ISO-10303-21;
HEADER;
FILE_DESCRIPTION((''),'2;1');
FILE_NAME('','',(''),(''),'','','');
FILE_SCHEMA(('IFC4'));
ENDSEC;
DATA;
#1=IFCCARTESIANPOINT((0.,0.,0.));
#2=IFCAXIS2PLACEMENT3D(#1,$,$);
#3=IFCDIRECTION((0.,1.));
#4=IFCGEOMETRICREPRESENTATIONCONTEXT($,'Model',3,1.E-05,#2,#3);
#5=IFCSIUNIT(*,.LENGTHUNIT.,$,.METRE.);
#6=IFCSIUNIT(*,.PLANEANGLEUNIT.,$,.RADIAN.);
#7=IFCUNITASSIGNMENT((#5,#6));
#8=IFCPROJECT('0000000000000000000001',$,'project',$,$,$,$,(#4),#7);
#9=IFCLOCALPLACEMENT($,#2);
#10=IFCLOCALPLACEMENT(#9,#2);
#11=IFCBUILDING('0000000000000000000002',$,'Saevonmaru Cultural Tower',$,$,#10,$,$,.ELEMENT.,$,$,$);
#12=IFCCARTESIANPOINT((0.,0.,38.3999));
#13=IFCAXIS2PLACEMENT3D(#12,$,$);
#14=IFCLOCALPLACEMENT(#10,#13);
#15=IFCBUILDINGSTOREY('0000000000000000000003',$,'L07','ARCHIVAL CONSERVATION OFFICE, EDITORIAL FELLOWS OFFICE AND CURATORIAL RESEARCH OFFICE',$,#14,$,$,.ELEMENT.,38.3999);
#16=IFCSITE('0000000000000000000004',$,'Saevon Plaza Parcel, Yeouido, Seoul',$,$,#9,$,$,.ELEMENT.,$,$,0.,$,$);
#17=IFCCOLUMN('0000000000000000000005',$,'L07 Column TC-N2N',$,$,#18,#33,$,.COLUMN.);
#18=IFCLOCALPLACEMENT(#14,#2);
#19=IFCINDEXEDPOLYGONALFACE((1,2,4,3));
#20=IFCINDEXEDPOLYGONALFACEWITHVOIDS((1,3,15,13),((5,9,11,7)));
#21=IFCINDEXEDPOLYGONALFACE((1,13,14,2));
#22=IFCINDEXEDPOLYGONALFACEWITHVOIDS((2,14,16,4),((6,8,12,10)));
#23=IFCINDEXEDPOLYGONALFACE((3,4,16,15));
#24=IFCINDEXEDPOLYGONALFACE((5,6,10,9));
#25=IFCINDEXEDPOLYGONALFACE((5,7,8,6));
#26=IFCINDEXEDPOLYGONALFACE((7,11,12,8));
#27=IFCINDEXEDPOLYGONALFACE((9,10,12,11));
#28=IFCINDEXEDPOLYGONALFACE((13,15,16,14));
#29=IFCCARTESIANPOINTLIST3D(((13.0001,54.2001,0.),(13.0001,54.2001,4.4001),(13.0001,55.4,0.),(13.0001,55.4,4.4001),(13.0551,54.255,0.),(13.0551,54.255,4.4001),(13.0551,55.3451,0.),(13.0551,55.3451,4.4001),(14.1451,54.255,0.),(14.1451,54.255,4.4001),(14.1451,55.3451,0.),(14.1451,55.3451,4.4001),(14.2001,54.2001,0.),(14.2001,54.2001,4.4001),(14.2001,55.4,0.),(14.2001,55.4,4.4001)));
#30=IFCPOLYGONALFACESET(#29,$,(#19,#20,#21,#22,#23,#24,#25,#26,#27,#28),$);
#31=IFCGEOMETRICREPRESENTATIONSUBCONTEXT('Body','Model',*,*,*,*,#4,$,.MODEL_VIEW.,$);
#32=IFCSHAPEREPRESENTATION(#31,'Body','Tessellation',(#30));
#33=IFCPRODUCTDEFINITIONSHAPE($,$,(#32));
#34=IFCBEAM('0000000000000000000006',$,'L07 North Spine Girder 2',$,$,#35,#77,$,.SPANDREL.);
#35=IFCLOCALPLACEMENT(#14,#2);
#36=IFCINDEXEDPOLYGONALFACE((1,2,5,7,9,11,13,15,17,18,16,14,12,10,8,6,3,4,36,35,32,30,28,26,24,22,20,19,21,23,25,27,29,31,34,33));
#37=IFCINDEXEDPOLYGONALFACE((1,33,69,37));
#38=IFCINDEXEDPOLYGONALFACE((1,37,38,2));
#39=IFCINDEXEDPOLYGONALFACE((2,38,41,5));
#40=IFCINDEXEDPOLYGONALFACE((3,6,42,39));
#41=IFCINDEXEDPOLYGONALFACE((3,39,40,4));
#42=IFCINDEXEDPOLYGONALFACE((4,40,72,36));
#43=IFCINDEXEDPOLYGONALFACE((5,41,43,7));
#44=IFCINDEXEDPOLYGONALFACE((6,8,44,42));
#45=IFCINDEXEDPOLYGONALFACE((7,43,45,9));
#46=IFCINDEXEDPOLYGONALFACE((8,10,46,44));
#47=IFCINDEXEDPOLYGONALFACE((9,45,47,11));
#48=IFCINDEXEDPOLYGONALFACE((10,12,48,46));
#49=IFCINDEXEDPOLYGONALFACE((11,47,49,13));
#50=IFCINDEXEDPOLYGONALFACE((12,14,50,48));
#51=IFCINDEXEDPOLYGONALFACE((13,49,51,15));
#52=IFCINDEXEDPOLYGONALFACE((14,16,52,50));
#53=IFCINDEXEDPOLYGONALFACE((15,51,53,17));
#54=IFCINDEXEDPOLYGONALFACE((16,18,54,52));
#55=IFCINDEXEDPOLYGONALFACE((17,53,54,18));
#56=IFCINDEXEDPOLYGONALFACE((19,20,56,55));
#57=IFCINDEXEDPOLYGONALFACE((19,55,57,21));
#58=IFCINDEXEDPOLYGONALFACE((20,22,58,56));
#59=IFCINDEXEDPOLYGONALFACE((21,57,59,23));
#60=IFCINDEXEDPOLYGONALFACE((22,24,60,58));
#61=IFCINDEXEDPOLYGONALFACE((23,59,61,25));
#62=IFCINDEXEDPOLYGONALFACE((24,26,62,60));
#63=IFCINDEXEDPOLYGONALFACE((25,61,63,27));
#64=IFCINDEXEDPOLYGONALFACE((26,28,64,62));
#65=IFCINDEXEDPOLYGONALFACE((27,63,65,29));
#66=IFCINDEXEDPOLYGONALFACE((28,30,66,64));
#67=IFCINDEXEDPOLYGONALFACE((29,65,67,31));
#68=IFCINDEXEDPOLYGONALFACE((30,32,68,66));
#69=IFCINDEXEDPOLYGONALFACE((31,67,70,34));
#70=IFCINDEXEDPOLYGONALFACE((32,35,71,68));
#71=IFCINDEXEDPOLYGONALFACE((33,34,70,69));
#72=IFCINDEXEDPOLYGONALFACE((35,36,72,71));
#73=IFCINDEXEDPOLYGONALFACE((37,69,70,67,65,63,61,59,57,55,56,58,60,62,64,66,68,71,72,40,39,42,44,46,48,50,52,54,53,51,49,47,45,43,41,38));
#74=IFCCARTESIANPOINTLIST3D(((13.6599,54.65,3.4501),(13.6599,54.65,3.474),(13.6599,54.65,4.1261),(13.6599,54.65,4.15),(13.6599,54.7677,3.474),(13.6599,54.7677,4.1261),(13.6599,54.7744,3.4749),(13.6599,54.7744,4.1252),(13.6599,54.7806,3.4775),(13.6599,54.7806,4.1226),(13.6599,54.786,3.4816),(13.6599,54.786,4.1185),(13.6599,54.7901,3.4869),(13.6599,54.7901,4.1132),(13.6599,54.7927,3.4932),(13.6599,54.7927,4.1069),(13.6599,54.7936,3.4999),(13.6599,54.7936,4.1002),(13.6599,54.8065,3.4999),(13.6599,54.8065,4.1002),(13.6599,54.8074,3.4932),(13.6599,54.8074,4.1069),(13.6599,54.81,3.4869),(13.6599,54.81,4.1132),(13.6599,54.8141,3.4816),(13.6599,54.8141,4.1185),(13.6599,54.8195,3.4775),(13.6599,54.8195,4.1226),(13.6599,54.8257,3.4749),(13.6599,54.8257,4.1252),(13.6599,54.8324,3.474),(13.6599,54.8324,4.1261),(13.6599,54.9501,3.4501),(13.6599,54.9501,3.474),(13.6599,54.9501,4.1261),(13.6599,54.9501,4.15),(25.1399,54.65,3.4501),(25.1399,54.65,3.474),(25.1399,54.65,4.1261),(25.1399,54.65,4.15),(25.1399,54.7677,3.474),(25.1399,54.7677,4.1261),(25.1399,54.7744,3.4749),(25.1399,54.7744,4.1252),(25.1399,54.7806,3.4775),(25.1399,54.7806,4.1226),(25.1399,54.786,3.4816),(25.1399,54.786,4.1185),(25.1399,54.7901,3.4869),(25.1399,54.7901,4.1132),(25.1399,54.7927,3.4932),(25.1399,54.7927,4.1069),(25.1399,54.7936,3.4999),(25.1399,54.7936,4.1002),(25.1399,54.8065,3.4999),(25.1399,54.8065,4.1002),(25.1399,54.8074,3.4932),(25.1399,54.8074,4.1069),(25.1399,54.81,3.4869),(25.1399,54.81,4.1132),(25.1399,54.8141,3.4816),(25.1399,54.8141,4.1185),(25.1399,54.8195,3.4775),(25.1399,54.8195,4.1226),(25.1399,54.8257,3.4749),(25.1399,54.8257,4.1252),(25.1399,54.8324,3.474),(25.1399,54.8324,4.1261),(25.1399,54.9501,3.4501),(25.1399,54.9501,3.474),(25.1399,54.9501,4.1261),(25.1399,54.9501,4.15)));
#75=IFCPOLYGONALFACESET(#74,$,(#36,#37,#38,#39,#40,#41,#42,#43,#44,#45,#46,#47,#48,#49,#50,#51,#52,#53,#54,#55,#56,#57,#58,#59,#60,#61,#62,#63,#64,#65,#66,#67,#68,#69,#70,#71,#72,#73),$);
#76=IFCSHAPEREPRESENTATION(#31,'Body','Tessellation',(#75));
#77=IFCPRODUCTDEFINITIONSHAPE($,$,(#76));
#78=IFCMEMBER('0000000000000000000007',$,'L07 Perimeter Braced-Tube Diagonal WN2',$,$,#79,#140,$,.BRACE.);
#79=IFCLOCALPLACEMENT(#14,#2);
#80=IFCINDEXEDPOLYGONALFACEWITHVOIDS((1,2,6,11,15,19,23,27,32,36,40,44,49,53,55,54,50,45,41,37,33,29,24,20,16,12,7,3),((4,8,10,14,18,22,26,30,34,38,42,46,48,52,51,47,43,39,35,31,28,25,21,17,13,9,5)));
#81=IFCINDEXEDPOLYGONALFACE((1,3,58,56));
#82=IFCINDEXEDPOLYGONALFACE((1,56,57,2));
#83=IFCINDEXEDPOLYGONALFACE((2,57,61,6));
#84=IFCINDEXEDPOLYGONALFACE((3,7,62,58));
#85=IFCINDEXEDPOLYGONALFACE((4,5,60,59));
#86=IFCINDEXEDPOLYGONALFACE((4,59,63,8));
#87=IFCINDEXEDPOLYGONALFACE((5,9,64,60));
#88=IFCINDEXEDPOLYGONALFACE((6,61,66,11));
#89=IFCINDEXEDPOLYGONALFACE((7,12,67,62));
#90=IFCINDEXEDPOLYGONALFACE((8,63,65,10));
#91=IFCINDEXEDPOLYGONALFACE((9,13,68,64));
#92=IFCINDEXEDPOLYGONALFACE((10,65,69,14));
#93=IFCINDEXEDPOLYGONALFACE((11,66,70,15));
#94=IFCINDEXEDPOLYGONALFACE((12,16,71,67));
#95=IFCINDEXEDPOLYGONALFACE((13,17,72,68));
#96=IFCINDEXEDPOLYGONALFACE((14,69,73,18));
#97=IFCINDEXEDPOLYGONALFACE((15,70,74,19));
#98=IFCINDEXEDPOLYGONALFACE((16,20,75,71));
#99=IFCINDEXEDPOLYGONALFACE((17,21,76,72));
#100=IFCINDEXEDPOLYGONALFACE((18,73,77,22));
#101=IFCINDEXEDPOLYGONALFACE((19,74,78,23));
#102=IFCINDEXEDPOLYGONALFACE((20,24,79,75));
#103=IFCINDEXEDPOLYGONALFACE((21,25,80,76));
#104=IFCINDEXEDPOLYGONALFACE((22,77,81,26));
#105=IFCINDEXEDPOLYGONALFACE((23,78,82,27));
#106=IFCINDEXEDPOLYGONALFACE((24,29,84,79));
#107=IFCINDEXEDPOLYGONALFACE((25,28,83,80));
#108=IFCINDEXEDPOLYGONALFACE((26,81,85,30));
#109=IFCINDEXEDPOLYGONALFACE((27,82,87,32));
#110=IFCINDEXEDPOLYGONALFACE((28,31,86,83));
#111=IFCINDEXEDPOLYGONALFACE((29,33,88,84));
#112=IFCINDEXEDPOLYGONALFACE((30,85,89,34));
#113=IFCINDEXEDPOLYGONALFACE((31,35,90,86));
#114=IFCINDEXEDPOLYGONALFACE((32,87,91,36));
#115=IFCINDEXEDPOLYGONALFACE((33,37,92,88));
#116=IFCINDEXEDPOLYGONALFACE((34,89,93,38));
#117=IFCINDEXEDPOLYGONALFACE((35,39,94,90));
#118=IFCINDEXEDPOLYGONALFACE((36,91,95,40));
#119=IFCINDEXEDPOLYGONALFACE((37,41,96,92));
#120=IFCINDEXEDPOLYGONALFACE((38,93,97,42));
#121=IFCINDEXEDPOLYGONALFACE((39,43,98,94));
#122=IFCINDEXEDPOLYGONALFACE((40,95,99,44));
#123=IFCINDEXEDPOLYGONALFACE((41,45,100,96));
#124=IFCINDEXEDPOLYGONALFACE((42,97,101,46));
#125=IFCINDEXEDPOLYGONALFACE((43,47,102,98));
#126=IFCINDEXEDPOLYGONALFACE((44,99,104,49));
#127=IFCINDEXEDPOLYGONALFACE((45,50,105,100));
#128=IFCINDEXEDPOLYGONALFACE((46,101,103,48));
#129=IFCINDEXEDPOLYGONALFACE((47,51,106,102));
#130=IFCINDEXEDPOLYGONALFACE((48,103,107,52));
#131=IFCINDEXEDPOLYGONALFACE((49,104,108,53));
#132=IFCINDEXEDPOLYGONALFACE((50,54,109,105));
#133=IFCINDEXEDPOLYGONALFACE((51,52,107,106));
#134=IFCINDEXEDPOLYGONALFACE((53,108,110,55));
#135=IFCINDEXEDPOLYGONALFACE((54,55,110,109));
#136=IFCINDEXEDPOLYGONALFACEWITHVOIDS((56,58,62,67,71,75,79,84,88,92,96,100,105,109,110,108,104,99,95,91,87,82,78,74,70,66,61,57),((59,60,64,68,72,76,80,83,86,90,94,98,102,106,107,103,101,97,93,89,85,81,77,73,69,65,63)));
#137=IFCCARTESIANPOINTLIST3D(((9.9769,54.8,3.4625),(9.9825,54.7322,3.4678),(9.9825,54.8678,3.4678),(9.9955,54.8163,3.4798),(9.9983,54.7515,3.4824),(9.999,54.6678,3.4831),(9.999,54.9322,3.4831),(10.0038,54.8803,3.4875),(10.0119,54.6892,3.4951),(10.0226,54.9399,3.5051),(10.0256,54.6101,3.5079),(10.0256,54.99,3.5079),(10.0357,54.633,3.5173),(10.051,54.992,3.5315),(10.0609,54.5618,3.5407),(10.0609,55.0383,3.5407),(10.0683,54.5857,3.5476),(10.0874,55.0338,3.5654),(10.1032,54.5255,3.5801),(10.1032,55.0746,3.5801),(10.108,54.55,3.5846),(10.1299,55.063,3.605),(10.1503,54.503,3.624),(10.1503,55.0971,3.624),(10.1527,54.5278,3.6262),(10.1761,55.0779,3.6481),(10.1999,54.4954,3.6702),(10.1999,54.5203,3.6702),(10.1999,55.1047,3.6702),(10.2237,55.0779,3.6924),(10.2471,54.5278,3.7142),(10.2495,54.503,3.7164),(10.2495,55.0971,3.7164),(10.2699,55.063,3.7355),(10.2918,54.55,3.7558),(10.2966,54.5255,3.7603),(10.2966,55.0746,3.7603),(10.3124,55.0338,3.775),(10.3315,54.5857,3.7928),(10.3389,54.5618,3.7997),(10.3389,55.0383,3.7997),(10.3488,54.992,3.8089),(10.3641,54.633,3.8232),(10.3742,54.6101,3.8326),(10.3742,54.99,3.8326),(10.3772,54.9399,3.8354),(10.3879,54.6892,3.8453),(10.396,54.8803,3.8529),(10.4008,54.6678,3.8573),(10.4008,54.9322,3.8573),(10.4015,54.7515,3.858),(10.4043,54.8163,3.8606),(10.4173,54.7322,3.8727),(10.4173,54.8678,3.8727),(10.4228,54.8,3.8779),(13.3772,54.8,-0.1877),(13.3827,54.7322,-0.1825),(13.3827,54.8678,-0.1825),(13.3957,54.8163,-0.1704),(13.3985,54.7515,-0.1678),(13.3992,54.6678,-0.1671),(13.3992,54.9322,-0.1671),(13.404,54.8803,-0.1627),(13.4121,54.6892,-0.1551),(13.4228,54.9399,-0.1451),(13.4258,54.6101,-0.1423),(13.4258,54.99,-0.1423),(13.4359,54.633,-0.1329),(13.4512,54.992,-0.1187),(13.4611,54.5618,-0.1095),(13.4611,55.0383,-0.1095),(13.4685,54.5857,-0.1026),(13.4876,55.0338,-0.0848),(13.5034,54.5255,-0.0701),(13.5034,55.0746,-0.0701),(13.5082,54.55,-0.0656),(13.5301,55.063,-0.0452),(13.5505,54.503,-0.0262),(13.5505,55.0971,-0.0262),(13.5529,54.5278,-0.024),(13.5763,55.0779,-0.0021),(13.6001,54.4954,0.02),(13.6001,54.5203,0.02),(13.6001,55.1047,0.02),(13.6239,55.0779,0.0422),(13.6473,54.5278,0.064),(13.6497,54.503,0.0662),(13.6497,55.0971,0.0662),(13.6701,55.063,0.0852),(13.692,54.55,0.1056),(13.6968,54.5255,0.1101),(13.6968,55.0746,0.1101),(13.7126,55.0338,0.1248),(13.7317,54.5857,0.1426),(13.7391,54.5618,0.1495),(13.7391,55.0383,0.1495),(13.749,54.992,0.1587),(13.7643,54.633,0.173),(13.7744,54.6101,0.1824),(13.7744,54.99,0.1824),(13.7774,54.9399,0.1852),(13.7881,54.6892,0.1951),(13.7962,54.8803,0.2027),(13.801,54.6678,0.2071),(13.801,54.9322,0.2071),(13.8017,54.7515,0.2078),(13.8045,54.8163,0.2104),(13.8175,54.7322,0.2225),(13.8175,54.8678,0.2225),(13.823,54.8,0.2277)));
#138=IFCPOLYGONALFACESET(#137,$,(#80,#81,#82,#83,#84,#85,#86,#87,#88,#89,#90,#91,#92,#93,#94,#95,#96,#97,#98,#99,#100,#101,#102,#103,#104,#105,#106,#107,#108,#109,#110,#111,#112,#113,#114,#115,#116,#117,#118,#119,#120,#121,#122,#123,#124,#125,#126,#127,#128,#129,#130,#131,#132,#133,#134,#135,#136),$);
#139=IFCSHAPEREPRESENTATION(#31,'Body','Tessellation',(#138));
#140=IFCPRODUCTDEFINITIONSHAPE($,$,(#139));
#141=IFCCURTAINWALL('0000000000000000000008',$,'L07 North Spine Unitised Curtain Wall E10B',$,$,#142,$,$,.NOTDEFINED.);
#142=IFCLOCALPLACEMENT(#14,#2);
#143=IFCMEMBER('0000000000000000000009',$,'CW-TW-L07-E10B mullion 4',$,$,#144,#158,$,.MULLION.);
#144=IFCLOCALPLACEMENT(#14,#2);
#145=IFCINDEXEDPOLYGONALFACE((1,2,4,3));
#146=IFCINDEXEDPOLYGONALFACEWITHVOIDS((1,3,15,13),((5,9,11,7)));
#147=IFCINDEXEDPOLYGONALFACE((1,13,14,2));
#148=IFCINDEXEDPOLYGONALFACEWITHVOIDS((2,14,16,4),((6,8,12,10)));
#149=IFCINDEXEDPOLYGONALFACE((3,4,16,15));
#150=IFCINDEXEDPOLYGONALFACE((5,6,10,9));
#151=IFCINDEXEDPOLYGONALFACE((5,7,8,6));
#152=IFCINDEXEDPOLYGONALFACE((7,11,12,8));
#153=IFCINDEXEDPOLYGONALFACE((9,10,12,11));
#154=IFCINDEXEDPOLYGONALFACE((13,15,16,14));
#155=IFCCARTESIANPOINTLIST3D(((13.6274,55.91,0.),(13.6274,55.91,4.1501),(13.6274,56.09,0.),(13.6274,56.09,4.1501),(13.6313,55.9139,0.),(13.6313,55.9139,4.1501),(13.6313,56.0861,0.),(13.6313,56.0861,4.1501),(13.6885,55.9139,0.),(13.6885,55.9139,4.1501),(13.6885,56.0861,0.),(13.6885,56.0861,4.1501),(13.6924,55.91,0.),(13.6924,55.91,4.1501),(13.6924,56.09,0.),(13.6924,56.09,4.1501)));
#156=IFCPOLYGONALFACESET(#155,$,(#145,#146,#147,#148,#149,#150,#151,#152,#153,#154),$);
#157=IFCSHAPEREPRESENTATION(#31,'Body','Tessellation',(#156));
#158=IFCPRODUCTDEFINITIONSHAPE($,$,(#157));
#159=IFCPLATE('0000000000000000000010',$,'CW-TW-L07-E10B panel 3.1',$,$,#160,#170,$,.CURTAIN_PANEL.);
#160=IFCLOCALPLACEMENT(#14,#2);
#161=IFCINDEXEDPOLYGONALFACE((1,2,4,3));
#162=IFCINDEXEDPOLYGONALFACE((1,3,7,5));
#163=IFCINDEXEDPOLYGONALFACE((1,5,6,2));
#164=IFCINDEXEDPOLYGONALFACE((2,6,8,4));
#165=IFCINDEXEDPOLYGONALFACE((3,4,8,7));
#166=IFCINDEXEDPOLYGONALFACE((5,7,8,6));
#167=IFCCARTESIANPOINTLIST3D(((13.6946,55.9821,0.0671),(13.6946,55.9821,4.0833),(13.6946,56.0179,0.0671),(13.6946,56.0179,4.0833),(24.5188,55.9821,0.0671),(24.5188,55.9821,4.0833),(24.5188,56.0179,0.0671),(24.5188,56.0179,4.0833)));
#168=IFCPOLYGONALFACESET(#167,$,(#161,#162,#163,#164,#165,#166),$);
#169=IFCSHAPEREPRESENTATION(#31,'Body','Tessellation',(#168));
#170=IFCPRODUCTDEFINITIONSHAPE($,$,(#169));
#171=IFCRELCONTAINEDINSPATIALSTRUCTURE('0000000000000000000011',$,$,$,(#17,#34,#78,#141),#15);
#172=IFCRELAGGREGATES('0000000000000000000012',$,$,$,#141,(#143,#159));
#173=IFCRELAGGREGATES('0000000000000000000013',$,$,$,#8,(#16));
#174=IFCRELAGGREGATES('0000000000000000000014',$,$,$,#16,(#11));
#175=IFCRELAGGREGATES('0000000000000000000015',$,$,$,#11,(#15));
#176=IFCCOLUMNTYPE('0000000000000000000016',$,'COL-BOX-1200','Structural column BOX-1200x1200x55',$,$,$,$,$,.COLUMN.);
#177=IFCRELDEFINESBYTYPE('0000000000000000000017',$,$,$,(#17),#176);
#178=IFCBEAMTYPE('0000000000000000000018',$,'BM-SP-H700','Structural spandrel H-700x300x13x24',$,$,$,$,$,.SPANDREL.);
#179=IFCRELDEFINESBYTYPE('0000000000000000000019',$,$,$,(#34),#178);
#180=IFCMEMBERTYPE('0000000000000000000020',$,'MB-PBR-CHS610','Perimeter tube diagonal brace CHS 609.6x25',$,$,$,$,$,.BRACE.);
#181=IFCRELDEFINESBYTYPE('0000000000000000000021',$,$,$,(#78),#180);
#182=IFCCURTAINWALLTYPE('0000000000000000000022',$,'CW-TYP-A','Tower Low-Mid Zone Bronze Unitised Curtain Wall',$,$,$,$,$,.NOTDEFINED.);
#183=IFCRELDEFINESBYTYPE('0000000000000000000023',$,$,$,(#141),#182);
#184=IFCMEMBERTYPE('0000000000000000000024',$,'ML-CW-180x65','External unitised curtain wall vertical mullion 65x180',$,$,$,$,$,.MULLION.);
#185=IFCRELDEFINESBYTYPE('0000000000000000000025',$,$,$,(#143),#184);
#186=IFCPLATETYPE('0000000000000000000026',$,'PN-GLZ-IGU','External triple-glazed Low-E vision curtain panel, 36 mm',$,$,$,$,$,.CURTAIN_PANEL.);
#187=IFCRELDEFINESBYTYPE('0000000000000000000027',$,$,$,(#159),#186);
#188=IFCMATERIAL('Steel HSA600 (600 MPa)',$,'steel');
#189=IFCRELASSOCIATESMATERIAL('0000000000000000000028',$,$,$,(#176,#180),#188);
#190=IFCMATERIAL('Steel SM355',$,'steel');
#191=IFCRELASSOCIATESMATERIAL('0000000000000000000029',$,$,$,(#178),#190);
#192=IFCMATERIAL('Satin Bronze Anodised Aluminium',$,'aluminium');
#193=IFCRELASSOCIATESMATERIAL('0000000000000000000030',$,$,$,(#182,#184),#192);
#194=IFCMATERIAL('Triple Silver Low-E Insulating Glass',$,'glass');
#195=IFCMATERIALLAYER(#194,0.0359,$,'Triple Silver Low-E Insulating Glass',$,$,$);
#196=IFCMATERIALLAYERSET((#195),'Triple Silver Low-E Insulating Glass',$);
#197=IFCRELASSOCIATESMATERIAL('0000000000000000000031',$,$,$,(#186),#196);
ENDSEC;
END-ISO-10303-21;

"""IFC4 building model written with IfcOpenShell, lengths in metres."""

from ifc_helpers import new_model, si_unit, direction, frame, origin, origin_2d, place, context, subcontext, project, spatial, rectangle, hollow_rectangle, hollow_circle, i_section, extrude, material, layer, layer_set, material_profile, profile_set, type_object, element, aggregate, save


model = new_model("IFC4")

# Units and contexts
model_context = context("Model", 3, precision=1e-05, world=origin(), true_north=direction((0.0, 1.0)))
body_context = subcontext(model_context, "Body", "Model", "MODEL_VIEW")
ifc_project = project(units=[si_unit("LENGTHUNIT", "METRE"), si_unit("PLANEANGLEUNIT", "RADIAN")], contexts=[model_context])

# Site, building, storey
site_placement = place(None, origin())
site = spatial("IfcSite", under=ifc_project, at=site_placement, Name="Saevon Plaza Parcel, Yeouido, Seoul", CompositionType="ELEMENT", RefElevation=0.0)
building_placement = place(site_placement, origin())
building = spatial("IfcBuilding", under=site, at=building_placement, Name="Saevonmaru Cultural Tower", CompositionType="ELEMENT")
storey_placement = place(building_placement, frame((0.0, 0.0, 38.3999)))
storey = spatial("IfcBuildingStorey", under=building, at=storey_placement, Name="L07", Description="ARCHIVAL CONSERVATION OFFICE, EDITORIAL FELLOWS OFFICE AND CURATORIAL RESEARCH OFFICE", CompositionType="ELEMENT", Elevation=38.3999)

# Column
ifc_material_1 = material(Name="Steel HSA600 (600 MPa)", Category="steel")
ifc_material_profile_1 = material_profile(ifc_material_1, hollow_rectangle(XDim=1.2, YDim=1.2, WallThickness=0.0549, at=origin_2d()), Name="BOX-1200x1200x55")
ifc_profile_set_1 = profile_set([ifc_material_profile_1], Name="Steel HSA600 (600 MPa)")
column_type = type_object("IfcColumnType", Name="COL-BOX-1200", Description="Structural column BOX-1200x1200x55", PredefinedType="COLUMN", material=ifc_profile_set_1)
column_placement = place(storey_placement, frame((13.6001, 54.8, 0.0), z_axis=(0.0, 0.0, 1.0), x_axis=(1.0, 0.0, 0.0)))
element("IfcColumn", 1, at=column_placement, inside=storey, type_object=column_type, Name="L07 Column TC-N2N", PredefinedType="COLUMN", context=body_context, shape_type="SweptSolid", body=[
    extrude(hollow_rectangle(XDim=1.2, YDim=1.2, WallThickness=0.0549, at=origin_2d()), origin(), (0.0, 0.0, 1.0), 4.4001),
])

# Beam
ifc_material_2 = material(Name="Steel SM355", Category="steel")
ifc_material_profile_2 = material_profile(ifc_material_2, i_section(OverallWidth=0.3, OverallDepth=0.7, WebThickness=0.0129, FlangeThickness=0.0239, FilletRadius=0.0259, at=origin_2d()), Name="H-700x300x13x24")
ifc_profile_set_2 = profile_set([ifc_material_profile_2], Name="Steel SM355")
beam_type = type_object("IfcBeamType", Name="BM-SP-H700", Description="Structural spandrel H-700x300x13x24", PredefinedType="SPANDREL", material=ifc_profile_set_2)
beam_placement = place(storey_placement, frame((13.6599, 54.8, 3.8), z_axis=(1.0, 0.0, 0.0), x_axis=(0.0, 1.0, 0.0)))
element("IfcBeam", 2, at=beam_placement, inside=storey, type_object=beam_type, Name="L07 North Spine Girder 2", PredefinedType="SPANDREL", context=body_context, shape_type="SweptSolid", body=[
    extrude(i_section(OverallWidth=0.3, OverallDepth=0.7, WebThickness=0.0129, FlangeThickness=0.0239, FilletRadius=0.0259, at=origin_2d()), origin(), (0.0, 0.0, 1.0), 11.48),
])

# Member
ifc_material_profile_3 = material_profile(ifc_material_1, hollow_circle(Radius=0.3047, WallThickness=0.0249, at=origin_2d()), Name="CHS-609.6x25")
ifc_profile_set_3 = profile_set([ifc_material_profile_3], Name="Steel HSA600 (600 MPa)")
member_type_1 = type_object("IfcMemberType", Name="MB-PBR-CHS610", Description="Perimeter tube diagonal brace CHS 609.6x25", PredefinedType="BRACE", material=ifc_profile_set_3)
member_1_placement = place(storey_placement, frame((13.6001, 54.8, 0.02), z_axis=(-0.681605, 0.0, 0.731721), x_axis=(0.0, -1.0, 0.0)))
element("IfcMember", 3, at=member_1_placement, inside=storey, type_object=member_type_1, Name="L07 Perimeter Braced-Tube Diagonal WN2", PredefinedType="BRACE", context=body_context, shape_type="SweptSolid", body=[
    extrude(hollow_circle(Radius=0.3047, WallThickness=0.0249, at=origin_2d()), origin(), (0.0, 0.0, 1.0), 4.9885),
])

# Curtain wall, member, plate
ifc_material_3 = material(Name="Satin Bronze Anodised Aluminium", Category="aluminium")
curtain_wall_type = type_object("IfcCurtainWallType", Name="CW-TYP-A", Description="Tower Low-Mid Zone Bronze Unitised Curtain Wall", PredefinedType="NOTDEFINED", material=ifc_material_3)
curtain_wall_placement = place(storey_placement, origin())
curtain_wall = element("IfcCurtainWall", 4, at=curtain_wall_placement, inside=storey, type_object=curtain_wall_type, Name="L07 North Spine Unitised Curtain Wall E10B", PredefinedType="NOTDEFINED")
ifc_material_profile_4 = material_profile(ifc_material_3, hollow_rectangle(XDim=0.0649, YDim=0.1799, WallThickness=0.0039, at=origin_2d()), Name="ALU-MULL-180x65x4")
ifc_profile_set_4 = profile_set([ifc_material_profile_4], Name="Satin Bronze Anodised Aluminium")
member_type_2 = type_object("IfcMemberType", Name="ML-CW-180x65", Description="External unitised curtain wall vertical mullion 65x180", PredefinedType="MULLION", material=ifc_profile_set_4)
member_2_placement = place(storey_placement, frame((13.6599, 56.0, 0.0), z_axis=(0.0, 0.0, 1.0), x_axis=(-1.0, 0.0, 0.0)))
member_2 = element("IfcMember", 5, at=member_2_placement, type_object=member_type_2, Name="CW-TW-L07-E10B mullion 4", PredefinedType="MULLION", context=body_context, shape_type="SweptSolid", body=[
    extrude(hollow_rectangle(XDim=0.0649, YDim=0.1799, WallThickness=0.0039, at=origin_2d()), origin(), (0.0, 0.0, 1.0), 4.1501),
])
ifc_material_4 = material(Name="Triple Silver Low-E Insulating Glass", Category="glass")
ifc_layer_1 = layer(ifc_material_4, 0.0359, Name="Triple Silver Low-E Insulating Glass")
ifc_layer_set_1 = layer_set([ifc_layer_1], Name="Triple Silver Low-E Insulating Glass")
plate_type = type_object("IfcPlateType", Name="PN-GLZ-IGU", Description="External triple-glazed Low-E vision curtain panel, 36 mm", PredefinedType="CURTAIN_PANEL", material=ifc_layer_set_1)
plate_placement = place(storey_placement, frame((19.1067, 56.0, 0.0671), z_axis=(0.0, 0.0, 1.0), x_axis=(-1.0, 0.0, 0.0)))
plate = element("IfcPlate", 6, at=plate_placement, type_object=plate_type, Name="CW-TW-L07-E10B panel 3.1", PredefinedType="CURTAIN_PANEL", context=body_context, shape_type="SweptSolid", body=[
    extrude(rectangle(XDim=10.8242, YDim=0.0359, at=origin_2d()), origin(), (0.0, 0.0, 1.0), 4.0161),
])
aggregate(curtain_wall, [member_2, plate])

save(model, "model.ifc")
